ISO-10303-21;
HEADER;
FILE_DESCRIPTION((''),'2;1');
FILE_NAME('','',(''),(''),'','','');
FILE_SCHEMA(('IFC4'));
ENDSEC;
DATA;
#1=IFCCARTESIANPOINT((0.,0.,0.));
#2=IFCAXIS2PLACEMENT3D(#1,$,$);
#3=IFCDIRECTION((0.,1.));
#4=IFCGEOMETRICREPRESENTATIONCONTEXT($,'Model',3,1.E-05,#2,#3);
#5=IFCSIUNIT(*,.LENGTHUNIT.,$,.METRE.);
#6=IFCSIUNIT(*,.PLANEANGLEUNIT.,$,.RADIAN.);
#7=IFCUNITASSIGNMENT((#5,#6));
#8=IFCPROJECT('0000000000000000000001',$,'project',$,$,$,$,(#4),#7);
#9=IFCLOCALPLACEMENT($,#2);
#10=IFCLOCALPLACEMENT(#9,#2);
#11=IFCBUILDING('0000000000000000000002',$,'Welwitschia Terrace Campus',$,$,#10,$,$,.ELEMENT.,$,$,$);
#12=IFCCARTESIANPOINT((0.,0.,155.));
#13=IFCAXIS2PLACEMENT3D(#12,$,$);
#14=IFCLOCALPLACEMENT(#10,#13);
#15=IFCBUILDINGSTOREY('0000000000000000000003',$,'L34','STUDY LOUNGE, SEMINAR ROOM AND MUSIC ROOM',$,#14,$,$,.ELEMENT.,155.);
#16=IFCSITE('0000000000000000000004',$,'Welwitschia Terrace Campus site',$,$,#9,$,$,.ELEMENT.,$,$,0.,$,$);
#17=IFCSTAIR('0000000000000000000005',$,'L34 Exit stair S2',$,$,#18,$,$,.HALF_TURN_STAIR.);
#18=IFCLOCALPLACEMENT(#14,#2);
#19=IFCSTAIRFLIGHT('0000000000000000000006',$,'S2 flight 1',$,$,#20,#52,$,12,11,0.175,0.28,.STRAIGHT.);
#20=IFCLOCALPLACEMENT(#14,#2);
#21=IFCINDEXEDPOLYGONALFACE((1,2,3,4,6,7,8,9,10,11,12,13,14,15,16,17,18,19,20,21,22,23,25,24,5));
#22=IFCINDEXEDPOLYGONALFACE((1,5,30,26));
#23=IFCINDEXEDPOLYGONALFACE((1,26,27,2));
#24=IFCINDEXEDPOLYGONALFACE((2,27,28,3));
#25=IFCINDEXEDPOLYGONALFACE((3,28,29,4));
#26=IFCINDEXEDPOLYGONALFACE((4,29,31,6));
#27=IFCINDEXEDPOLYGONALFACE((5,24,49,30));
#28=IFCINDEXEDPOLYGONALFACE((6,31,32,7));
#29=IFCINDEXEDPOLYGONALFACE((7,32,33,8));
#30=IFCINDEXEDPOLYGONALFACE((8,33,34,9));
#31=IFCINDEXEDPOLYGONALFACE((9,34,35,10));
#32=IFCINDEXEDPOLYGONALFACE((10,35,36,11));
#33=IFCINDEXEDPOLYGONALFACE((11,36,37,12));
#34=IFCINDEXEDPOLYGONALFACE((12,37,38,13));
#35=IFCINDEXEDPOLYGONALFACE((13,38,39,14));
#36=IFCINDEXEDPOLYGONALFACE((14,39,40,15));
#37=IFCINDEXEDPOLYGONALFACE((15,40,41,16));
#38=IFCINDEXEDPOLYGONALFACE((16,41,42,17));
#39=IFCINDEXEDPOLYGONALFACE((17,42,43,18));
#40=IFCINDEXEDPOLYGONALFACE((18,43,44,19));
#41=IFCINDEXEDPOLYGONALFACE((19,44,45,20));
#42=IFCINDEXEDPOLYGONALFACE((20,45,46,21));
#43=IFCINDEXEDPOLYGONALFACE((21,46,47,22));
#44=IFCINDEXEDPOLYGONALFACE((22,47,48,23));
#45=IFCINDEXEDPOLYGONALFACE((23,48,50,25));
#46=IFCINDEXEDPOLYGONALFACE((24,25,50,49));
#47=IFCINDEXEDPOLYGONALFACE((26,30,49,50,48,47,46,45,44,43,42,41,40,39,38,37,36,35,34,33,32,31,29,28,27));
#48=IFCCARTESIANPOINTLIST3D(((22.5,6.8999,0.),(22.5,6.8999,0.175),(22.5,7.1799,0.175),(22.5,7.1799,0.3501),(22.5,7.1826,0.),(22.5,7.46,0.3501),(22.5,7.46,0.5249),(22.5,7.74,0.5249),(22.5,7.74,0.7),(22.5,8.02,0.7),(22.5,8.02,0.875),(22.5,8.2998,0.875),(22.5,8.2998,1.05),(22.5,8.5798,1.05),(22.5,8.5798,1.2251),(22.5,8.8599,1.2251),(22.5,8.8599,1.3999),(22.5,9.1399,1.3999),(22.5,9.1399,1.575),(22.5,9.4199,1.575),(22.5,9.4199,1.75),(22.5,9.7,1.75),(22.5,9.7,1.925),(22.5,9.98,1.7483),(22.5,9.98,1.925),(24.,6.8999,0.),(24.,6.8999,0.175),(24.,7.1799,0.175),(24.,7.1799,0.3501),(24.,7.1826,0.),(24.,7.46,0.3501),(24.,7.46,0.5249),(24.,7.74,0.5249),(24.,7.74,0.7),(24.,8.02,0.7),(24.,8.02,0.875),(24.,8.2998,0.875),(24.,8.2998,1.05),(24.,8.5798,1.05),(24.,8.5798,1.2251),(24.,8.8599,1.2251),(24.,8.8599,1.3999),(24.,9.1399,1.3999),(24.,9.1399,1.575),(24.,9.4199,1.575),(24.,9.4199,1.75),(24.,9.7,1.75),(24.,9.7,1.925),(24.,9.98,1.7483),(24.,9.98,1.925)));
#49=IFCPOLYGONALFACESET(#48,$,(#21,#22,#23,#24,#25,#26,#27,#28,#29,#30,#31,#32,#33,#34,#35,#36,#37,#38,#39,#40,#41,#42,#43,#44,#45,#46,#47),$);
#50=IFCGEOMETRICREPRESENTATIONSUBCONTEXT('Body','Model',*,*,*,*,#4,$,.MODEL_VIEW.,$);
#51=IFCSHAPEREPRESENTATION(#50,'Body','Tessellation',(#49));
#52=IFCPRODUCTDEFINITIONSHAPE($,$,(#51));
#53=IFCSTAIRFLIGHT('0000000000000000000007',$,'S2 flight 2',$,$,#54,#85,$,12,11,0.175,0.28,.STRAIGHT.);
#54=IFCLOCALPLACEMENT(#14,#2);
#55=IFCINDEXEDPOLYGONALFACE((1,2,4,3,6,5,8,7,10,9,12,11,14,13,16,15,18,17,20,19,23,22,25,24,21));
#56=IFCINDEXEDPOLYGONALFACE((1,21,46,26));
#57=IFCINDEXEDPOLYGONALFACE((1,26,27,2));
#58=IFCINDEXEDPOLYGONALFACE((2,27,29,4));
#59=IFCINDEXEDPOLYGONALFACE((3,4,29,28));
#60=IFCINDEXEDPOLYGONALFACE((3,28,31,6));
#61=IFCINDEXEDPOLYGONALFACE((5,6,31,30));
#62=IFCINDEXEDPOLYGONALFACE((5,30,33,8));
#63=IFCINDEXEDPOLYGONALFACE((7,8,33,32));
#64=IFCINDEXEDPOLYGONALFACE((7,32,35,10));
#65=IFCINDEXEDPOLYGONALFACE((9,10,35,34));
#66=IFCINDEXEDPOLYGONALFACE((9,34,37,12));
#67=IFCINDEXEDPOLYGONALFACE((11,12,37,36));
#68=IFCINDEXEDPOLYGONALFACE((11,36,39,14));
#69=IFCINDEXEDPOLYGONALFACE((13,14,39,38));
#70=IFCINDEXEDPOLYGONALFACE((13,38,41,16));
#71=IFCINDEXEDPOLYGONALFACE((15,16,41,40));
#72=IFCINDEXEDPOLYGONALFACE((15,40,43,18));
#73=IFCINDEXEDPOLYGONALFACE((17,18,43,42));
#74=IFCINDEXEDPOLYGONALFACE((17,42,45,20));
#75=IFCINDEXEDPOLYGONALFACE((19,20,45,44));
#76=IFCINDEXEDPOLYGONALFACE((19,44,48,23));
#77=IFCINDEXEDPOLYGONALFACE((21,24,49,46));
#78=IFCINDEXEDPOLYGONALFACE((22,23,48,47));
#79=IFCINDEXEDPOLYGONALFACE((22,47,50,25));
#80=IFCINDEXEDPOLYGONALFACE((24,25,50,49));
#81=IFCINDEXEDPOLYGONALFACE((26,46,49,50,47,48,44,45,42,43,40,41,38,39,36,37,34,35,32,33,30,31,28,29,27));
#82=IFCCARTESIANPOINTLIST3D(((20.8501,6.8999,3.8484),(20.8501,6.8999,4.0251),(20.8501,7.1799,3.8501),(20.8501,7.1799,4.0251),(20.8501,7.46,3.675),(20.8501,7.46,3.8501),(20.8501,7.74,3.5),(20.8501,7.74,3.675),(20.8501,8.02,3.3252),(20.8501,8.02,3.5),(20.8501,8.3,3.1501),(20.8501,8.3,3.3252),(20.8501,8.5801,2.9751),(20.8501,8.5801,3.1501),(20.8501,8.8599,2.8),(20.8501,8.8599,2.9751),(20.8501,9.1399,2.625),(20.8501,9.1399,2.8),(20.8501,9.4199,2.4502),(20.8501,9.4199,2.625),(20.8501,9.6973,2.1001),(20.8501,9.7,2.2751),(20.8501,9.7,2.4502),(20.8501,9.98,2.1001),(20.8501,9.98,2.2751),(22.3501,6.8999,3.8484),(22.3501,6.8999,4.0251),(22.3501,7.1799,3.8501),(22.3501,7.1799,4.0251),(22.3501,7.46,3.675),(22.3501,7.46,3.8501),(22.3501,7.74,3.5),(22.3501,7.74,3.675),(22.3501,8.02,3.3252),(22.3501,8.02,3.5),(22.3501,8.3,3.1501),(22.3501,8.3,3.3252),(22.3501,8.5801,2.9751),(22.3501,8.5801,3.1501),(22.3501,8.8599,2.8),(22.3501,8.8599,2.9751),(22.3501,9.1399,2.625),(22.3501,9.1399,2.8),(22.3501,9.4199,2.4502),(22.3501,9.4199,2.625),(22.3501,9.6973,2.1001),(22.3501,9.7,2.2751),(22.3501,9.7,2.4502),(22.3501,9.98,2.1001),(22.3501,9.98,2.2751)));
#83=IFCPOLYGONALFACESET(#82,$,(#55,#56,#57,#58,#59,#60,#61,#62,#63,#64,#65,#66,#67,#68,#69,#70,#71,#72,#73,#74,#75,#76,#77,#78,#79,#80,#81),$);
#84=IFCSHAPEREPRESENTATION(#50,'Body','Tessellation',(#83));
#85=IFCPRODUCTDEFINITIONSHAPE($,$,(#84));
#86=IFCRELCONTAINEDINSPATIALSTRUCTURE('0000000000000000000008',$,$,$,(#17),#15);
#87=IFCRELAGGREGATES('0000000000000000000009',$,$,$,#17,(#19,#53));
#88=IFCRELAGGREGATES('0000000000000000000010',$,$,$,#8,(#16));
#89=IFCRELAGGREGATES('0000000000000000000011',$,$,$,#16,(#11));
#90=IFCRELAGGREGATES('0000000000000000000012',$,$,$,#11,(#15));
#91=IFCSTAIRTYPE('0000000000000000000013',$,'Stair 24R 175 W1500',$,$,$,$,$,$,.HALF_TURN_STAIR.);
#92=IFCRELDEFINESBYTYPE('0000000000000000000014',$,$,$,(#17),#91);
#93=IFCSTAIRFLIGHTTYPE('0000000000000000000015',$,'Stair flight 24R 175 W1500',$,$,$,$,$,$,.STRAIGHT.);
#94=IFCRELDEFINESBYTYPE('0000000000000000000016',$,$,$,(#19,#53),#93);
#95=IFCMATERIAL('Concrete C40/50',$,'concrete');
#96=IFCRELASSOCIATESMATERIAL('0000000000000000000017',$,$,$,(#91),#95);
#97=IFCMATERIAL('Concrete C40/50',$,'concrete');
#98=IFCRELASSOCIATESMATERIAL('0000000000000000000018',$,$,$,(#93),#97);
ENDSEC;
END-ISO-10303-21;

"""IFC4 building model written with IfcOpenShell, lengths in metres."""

from ifc_helpers import new_model, si_unit, direction, frame, origin, place, context, subcontext, project, spatial, polyline, outline, extrude, material, type_object, element, aggregate, save


model = new_model("IFC4")

# Units and contexts
model_context = context("Model", 3, precision=1e-05, world=origin(), true_north=direction((0.0, 1.0)))
body_context = subcontext(model_context, "Body", "Model", "MODEL_VIEW")
ifc_project = project(units=[si_unit("LENGTHUNIT", "METRE"), si_unit("PLANEANGLEUNIT", "RADIAN")], contexts=[model_context])

# Site, building, storey
site_placement = place(None, origin())
site = spatial("IfcSite", under=ifc_project, at=site_placement, Name="Welwitschia Terrace Campus site", CompositionType="ELEMENT", RefElevation=0.0)
building_placement = place(site_placement, origin())
building = spatial("IfcBuilding", under=site, at=building_placement, Name="Welwitschia Terrace Campus", CompositionType="ELEMENT")
storey_placement = place(building_placement, frame((0.0, 0.0, 155.0)))
storey = spatial("IfcBuildingStorey", under=building, at=storey_placement, Name="L34", Description="STUDY LOUNGE, SEMINAR ROOM AND MUSIC ROOM", CompositionType="ELEMENT", Elevation=155.0)

# Stair, stair flights
ifc_material_1 = material(Name="Concrete C40/50", Category="concrete")
stair_type = type_object("IfcStairType", Name="Stair 24R 175 W1500", PredefinedType="HALF_TURN_STAIR", material=ifc_material_1)
stair_placement = place(storey_placement, origin())
stair = element("IfcStair", 1, at=stair_placement, inside=storey, type_object=stair_type, Name="L34 Exit stair S2", PredefinedType="HALF_TURN_STAIR")
ifc_material_2 = material(Name="Concrete C40/50", Category="concrete")
stair_flight_type = type_object("IfcStairFlightType", Name="Stair flight 24R 175 W1500", PredefinedType="STRAIGHT", material=ifc_material_2)
stair_flight_1_placement = place(storey_placement, frame((23.25, 6.8999, 0.0), z_axis=(0.0, 0.0, 1.0), x_axis=(0.0, 1.0, 0.0)))
stair_flight_1 = element("IfcStairFlight", 2, at=stair_flight_1_placement, type_object=stair_flight_type, Name="S2 flight 1", NumberOfRisers=12, NumberOfTreads=11, PredefinedType="STRAIGHT", RiserHeight=0.175, TreadLength=0.28, context=body_context, shape_type="SweptSolid", body=[
    extrude(outline(polyline([(0.0, 0.0), (0.0, 0.175), (0.28, 0.175), (0.28, 0.3501), (0.5601, 0.3501), (0.5601, 0.5249), (0.8401, 0.5249), (0.8401, 0.7), (1.1201, 0.7), (1.1201, 0.875), (1.3999, 0.875), (1.3999, 1.05), (1.6799, 1.05), (1.6799, 1.2251), (1.96, 1.2251), (1.96, 1.3999), (2.24, 1.3999), (2.24, 1.575), (2.52, 1.575), (2.52, 1.75), (2.8, 1.75), (2.8, 1.925), (3.0801, 1.925), (3.0801, 2.1001), (3.0801, 1.7483), (0.2827, 0.0), (0.0, 0.0)])), frame((0.0, 0.75, 0.0), z_axis=(0.0, -1.0, 0.0), x_axis=(1.0, 0.0, 0.0)), (0.0, 0.0, 1.0), 1.5),
])
stair_flight_2_placement = place(storey_placement, frame((21.6001, 9.98, 2.1001), z_axis=(0.0, 0.0, 1.0), x_axis=(0.0, -1.0, 0.0)))
stair_flight_2 = element("IfcStairFlight", 3, at=stair_flight_2_placement, type_object=stair_flight_type, Name="S2 flight 2", NumberOfRisers=12, NumberOfTreads=11, PredefinedType="STRAIGHT", RiserHeight=0.175, TreadLength=0.28, context=body_context, shape_type="SweptSolid", body=[
    extrude(outline(polyline([(0.0, 0.0), (0.0, 0.175), (0.28, 0.175), (0.28, 0.3501), (0.5601, 0.3501), (0.5601, 0.5249), (0.8401, 0.5249), (0.8401, 0.7), (1.1201, 0.7), (1.1201, 0.875), (1.3999, 0.875), (1.3999, 1.05), (1.6799, 1.05), (1.6799, 1.2251), (1.96, 1.2251), (1.96, 1.3999), (2.24, 1.3999), (2.24, 1.575), (2.52, 1.575), (2.52, 1.75), (2.8, 1.75), (2.8, 1.925), (3.0801, 1.925), (3.0801, 2.1001), (3.0801, 1.7483), (0.2827, 0.0), (0.0, 0.0)])), frame((0.0, 0.75, 0.0), z_axis=(0.0, -1.0, 0.0), x_axis=(1.0, 0.0, 0.0)), (0.0, 0.0, 1.0), 1.5),
])
aggregate(stair, [stair_flight_1, stair_flight_2])

save(model, "model.ifc")
